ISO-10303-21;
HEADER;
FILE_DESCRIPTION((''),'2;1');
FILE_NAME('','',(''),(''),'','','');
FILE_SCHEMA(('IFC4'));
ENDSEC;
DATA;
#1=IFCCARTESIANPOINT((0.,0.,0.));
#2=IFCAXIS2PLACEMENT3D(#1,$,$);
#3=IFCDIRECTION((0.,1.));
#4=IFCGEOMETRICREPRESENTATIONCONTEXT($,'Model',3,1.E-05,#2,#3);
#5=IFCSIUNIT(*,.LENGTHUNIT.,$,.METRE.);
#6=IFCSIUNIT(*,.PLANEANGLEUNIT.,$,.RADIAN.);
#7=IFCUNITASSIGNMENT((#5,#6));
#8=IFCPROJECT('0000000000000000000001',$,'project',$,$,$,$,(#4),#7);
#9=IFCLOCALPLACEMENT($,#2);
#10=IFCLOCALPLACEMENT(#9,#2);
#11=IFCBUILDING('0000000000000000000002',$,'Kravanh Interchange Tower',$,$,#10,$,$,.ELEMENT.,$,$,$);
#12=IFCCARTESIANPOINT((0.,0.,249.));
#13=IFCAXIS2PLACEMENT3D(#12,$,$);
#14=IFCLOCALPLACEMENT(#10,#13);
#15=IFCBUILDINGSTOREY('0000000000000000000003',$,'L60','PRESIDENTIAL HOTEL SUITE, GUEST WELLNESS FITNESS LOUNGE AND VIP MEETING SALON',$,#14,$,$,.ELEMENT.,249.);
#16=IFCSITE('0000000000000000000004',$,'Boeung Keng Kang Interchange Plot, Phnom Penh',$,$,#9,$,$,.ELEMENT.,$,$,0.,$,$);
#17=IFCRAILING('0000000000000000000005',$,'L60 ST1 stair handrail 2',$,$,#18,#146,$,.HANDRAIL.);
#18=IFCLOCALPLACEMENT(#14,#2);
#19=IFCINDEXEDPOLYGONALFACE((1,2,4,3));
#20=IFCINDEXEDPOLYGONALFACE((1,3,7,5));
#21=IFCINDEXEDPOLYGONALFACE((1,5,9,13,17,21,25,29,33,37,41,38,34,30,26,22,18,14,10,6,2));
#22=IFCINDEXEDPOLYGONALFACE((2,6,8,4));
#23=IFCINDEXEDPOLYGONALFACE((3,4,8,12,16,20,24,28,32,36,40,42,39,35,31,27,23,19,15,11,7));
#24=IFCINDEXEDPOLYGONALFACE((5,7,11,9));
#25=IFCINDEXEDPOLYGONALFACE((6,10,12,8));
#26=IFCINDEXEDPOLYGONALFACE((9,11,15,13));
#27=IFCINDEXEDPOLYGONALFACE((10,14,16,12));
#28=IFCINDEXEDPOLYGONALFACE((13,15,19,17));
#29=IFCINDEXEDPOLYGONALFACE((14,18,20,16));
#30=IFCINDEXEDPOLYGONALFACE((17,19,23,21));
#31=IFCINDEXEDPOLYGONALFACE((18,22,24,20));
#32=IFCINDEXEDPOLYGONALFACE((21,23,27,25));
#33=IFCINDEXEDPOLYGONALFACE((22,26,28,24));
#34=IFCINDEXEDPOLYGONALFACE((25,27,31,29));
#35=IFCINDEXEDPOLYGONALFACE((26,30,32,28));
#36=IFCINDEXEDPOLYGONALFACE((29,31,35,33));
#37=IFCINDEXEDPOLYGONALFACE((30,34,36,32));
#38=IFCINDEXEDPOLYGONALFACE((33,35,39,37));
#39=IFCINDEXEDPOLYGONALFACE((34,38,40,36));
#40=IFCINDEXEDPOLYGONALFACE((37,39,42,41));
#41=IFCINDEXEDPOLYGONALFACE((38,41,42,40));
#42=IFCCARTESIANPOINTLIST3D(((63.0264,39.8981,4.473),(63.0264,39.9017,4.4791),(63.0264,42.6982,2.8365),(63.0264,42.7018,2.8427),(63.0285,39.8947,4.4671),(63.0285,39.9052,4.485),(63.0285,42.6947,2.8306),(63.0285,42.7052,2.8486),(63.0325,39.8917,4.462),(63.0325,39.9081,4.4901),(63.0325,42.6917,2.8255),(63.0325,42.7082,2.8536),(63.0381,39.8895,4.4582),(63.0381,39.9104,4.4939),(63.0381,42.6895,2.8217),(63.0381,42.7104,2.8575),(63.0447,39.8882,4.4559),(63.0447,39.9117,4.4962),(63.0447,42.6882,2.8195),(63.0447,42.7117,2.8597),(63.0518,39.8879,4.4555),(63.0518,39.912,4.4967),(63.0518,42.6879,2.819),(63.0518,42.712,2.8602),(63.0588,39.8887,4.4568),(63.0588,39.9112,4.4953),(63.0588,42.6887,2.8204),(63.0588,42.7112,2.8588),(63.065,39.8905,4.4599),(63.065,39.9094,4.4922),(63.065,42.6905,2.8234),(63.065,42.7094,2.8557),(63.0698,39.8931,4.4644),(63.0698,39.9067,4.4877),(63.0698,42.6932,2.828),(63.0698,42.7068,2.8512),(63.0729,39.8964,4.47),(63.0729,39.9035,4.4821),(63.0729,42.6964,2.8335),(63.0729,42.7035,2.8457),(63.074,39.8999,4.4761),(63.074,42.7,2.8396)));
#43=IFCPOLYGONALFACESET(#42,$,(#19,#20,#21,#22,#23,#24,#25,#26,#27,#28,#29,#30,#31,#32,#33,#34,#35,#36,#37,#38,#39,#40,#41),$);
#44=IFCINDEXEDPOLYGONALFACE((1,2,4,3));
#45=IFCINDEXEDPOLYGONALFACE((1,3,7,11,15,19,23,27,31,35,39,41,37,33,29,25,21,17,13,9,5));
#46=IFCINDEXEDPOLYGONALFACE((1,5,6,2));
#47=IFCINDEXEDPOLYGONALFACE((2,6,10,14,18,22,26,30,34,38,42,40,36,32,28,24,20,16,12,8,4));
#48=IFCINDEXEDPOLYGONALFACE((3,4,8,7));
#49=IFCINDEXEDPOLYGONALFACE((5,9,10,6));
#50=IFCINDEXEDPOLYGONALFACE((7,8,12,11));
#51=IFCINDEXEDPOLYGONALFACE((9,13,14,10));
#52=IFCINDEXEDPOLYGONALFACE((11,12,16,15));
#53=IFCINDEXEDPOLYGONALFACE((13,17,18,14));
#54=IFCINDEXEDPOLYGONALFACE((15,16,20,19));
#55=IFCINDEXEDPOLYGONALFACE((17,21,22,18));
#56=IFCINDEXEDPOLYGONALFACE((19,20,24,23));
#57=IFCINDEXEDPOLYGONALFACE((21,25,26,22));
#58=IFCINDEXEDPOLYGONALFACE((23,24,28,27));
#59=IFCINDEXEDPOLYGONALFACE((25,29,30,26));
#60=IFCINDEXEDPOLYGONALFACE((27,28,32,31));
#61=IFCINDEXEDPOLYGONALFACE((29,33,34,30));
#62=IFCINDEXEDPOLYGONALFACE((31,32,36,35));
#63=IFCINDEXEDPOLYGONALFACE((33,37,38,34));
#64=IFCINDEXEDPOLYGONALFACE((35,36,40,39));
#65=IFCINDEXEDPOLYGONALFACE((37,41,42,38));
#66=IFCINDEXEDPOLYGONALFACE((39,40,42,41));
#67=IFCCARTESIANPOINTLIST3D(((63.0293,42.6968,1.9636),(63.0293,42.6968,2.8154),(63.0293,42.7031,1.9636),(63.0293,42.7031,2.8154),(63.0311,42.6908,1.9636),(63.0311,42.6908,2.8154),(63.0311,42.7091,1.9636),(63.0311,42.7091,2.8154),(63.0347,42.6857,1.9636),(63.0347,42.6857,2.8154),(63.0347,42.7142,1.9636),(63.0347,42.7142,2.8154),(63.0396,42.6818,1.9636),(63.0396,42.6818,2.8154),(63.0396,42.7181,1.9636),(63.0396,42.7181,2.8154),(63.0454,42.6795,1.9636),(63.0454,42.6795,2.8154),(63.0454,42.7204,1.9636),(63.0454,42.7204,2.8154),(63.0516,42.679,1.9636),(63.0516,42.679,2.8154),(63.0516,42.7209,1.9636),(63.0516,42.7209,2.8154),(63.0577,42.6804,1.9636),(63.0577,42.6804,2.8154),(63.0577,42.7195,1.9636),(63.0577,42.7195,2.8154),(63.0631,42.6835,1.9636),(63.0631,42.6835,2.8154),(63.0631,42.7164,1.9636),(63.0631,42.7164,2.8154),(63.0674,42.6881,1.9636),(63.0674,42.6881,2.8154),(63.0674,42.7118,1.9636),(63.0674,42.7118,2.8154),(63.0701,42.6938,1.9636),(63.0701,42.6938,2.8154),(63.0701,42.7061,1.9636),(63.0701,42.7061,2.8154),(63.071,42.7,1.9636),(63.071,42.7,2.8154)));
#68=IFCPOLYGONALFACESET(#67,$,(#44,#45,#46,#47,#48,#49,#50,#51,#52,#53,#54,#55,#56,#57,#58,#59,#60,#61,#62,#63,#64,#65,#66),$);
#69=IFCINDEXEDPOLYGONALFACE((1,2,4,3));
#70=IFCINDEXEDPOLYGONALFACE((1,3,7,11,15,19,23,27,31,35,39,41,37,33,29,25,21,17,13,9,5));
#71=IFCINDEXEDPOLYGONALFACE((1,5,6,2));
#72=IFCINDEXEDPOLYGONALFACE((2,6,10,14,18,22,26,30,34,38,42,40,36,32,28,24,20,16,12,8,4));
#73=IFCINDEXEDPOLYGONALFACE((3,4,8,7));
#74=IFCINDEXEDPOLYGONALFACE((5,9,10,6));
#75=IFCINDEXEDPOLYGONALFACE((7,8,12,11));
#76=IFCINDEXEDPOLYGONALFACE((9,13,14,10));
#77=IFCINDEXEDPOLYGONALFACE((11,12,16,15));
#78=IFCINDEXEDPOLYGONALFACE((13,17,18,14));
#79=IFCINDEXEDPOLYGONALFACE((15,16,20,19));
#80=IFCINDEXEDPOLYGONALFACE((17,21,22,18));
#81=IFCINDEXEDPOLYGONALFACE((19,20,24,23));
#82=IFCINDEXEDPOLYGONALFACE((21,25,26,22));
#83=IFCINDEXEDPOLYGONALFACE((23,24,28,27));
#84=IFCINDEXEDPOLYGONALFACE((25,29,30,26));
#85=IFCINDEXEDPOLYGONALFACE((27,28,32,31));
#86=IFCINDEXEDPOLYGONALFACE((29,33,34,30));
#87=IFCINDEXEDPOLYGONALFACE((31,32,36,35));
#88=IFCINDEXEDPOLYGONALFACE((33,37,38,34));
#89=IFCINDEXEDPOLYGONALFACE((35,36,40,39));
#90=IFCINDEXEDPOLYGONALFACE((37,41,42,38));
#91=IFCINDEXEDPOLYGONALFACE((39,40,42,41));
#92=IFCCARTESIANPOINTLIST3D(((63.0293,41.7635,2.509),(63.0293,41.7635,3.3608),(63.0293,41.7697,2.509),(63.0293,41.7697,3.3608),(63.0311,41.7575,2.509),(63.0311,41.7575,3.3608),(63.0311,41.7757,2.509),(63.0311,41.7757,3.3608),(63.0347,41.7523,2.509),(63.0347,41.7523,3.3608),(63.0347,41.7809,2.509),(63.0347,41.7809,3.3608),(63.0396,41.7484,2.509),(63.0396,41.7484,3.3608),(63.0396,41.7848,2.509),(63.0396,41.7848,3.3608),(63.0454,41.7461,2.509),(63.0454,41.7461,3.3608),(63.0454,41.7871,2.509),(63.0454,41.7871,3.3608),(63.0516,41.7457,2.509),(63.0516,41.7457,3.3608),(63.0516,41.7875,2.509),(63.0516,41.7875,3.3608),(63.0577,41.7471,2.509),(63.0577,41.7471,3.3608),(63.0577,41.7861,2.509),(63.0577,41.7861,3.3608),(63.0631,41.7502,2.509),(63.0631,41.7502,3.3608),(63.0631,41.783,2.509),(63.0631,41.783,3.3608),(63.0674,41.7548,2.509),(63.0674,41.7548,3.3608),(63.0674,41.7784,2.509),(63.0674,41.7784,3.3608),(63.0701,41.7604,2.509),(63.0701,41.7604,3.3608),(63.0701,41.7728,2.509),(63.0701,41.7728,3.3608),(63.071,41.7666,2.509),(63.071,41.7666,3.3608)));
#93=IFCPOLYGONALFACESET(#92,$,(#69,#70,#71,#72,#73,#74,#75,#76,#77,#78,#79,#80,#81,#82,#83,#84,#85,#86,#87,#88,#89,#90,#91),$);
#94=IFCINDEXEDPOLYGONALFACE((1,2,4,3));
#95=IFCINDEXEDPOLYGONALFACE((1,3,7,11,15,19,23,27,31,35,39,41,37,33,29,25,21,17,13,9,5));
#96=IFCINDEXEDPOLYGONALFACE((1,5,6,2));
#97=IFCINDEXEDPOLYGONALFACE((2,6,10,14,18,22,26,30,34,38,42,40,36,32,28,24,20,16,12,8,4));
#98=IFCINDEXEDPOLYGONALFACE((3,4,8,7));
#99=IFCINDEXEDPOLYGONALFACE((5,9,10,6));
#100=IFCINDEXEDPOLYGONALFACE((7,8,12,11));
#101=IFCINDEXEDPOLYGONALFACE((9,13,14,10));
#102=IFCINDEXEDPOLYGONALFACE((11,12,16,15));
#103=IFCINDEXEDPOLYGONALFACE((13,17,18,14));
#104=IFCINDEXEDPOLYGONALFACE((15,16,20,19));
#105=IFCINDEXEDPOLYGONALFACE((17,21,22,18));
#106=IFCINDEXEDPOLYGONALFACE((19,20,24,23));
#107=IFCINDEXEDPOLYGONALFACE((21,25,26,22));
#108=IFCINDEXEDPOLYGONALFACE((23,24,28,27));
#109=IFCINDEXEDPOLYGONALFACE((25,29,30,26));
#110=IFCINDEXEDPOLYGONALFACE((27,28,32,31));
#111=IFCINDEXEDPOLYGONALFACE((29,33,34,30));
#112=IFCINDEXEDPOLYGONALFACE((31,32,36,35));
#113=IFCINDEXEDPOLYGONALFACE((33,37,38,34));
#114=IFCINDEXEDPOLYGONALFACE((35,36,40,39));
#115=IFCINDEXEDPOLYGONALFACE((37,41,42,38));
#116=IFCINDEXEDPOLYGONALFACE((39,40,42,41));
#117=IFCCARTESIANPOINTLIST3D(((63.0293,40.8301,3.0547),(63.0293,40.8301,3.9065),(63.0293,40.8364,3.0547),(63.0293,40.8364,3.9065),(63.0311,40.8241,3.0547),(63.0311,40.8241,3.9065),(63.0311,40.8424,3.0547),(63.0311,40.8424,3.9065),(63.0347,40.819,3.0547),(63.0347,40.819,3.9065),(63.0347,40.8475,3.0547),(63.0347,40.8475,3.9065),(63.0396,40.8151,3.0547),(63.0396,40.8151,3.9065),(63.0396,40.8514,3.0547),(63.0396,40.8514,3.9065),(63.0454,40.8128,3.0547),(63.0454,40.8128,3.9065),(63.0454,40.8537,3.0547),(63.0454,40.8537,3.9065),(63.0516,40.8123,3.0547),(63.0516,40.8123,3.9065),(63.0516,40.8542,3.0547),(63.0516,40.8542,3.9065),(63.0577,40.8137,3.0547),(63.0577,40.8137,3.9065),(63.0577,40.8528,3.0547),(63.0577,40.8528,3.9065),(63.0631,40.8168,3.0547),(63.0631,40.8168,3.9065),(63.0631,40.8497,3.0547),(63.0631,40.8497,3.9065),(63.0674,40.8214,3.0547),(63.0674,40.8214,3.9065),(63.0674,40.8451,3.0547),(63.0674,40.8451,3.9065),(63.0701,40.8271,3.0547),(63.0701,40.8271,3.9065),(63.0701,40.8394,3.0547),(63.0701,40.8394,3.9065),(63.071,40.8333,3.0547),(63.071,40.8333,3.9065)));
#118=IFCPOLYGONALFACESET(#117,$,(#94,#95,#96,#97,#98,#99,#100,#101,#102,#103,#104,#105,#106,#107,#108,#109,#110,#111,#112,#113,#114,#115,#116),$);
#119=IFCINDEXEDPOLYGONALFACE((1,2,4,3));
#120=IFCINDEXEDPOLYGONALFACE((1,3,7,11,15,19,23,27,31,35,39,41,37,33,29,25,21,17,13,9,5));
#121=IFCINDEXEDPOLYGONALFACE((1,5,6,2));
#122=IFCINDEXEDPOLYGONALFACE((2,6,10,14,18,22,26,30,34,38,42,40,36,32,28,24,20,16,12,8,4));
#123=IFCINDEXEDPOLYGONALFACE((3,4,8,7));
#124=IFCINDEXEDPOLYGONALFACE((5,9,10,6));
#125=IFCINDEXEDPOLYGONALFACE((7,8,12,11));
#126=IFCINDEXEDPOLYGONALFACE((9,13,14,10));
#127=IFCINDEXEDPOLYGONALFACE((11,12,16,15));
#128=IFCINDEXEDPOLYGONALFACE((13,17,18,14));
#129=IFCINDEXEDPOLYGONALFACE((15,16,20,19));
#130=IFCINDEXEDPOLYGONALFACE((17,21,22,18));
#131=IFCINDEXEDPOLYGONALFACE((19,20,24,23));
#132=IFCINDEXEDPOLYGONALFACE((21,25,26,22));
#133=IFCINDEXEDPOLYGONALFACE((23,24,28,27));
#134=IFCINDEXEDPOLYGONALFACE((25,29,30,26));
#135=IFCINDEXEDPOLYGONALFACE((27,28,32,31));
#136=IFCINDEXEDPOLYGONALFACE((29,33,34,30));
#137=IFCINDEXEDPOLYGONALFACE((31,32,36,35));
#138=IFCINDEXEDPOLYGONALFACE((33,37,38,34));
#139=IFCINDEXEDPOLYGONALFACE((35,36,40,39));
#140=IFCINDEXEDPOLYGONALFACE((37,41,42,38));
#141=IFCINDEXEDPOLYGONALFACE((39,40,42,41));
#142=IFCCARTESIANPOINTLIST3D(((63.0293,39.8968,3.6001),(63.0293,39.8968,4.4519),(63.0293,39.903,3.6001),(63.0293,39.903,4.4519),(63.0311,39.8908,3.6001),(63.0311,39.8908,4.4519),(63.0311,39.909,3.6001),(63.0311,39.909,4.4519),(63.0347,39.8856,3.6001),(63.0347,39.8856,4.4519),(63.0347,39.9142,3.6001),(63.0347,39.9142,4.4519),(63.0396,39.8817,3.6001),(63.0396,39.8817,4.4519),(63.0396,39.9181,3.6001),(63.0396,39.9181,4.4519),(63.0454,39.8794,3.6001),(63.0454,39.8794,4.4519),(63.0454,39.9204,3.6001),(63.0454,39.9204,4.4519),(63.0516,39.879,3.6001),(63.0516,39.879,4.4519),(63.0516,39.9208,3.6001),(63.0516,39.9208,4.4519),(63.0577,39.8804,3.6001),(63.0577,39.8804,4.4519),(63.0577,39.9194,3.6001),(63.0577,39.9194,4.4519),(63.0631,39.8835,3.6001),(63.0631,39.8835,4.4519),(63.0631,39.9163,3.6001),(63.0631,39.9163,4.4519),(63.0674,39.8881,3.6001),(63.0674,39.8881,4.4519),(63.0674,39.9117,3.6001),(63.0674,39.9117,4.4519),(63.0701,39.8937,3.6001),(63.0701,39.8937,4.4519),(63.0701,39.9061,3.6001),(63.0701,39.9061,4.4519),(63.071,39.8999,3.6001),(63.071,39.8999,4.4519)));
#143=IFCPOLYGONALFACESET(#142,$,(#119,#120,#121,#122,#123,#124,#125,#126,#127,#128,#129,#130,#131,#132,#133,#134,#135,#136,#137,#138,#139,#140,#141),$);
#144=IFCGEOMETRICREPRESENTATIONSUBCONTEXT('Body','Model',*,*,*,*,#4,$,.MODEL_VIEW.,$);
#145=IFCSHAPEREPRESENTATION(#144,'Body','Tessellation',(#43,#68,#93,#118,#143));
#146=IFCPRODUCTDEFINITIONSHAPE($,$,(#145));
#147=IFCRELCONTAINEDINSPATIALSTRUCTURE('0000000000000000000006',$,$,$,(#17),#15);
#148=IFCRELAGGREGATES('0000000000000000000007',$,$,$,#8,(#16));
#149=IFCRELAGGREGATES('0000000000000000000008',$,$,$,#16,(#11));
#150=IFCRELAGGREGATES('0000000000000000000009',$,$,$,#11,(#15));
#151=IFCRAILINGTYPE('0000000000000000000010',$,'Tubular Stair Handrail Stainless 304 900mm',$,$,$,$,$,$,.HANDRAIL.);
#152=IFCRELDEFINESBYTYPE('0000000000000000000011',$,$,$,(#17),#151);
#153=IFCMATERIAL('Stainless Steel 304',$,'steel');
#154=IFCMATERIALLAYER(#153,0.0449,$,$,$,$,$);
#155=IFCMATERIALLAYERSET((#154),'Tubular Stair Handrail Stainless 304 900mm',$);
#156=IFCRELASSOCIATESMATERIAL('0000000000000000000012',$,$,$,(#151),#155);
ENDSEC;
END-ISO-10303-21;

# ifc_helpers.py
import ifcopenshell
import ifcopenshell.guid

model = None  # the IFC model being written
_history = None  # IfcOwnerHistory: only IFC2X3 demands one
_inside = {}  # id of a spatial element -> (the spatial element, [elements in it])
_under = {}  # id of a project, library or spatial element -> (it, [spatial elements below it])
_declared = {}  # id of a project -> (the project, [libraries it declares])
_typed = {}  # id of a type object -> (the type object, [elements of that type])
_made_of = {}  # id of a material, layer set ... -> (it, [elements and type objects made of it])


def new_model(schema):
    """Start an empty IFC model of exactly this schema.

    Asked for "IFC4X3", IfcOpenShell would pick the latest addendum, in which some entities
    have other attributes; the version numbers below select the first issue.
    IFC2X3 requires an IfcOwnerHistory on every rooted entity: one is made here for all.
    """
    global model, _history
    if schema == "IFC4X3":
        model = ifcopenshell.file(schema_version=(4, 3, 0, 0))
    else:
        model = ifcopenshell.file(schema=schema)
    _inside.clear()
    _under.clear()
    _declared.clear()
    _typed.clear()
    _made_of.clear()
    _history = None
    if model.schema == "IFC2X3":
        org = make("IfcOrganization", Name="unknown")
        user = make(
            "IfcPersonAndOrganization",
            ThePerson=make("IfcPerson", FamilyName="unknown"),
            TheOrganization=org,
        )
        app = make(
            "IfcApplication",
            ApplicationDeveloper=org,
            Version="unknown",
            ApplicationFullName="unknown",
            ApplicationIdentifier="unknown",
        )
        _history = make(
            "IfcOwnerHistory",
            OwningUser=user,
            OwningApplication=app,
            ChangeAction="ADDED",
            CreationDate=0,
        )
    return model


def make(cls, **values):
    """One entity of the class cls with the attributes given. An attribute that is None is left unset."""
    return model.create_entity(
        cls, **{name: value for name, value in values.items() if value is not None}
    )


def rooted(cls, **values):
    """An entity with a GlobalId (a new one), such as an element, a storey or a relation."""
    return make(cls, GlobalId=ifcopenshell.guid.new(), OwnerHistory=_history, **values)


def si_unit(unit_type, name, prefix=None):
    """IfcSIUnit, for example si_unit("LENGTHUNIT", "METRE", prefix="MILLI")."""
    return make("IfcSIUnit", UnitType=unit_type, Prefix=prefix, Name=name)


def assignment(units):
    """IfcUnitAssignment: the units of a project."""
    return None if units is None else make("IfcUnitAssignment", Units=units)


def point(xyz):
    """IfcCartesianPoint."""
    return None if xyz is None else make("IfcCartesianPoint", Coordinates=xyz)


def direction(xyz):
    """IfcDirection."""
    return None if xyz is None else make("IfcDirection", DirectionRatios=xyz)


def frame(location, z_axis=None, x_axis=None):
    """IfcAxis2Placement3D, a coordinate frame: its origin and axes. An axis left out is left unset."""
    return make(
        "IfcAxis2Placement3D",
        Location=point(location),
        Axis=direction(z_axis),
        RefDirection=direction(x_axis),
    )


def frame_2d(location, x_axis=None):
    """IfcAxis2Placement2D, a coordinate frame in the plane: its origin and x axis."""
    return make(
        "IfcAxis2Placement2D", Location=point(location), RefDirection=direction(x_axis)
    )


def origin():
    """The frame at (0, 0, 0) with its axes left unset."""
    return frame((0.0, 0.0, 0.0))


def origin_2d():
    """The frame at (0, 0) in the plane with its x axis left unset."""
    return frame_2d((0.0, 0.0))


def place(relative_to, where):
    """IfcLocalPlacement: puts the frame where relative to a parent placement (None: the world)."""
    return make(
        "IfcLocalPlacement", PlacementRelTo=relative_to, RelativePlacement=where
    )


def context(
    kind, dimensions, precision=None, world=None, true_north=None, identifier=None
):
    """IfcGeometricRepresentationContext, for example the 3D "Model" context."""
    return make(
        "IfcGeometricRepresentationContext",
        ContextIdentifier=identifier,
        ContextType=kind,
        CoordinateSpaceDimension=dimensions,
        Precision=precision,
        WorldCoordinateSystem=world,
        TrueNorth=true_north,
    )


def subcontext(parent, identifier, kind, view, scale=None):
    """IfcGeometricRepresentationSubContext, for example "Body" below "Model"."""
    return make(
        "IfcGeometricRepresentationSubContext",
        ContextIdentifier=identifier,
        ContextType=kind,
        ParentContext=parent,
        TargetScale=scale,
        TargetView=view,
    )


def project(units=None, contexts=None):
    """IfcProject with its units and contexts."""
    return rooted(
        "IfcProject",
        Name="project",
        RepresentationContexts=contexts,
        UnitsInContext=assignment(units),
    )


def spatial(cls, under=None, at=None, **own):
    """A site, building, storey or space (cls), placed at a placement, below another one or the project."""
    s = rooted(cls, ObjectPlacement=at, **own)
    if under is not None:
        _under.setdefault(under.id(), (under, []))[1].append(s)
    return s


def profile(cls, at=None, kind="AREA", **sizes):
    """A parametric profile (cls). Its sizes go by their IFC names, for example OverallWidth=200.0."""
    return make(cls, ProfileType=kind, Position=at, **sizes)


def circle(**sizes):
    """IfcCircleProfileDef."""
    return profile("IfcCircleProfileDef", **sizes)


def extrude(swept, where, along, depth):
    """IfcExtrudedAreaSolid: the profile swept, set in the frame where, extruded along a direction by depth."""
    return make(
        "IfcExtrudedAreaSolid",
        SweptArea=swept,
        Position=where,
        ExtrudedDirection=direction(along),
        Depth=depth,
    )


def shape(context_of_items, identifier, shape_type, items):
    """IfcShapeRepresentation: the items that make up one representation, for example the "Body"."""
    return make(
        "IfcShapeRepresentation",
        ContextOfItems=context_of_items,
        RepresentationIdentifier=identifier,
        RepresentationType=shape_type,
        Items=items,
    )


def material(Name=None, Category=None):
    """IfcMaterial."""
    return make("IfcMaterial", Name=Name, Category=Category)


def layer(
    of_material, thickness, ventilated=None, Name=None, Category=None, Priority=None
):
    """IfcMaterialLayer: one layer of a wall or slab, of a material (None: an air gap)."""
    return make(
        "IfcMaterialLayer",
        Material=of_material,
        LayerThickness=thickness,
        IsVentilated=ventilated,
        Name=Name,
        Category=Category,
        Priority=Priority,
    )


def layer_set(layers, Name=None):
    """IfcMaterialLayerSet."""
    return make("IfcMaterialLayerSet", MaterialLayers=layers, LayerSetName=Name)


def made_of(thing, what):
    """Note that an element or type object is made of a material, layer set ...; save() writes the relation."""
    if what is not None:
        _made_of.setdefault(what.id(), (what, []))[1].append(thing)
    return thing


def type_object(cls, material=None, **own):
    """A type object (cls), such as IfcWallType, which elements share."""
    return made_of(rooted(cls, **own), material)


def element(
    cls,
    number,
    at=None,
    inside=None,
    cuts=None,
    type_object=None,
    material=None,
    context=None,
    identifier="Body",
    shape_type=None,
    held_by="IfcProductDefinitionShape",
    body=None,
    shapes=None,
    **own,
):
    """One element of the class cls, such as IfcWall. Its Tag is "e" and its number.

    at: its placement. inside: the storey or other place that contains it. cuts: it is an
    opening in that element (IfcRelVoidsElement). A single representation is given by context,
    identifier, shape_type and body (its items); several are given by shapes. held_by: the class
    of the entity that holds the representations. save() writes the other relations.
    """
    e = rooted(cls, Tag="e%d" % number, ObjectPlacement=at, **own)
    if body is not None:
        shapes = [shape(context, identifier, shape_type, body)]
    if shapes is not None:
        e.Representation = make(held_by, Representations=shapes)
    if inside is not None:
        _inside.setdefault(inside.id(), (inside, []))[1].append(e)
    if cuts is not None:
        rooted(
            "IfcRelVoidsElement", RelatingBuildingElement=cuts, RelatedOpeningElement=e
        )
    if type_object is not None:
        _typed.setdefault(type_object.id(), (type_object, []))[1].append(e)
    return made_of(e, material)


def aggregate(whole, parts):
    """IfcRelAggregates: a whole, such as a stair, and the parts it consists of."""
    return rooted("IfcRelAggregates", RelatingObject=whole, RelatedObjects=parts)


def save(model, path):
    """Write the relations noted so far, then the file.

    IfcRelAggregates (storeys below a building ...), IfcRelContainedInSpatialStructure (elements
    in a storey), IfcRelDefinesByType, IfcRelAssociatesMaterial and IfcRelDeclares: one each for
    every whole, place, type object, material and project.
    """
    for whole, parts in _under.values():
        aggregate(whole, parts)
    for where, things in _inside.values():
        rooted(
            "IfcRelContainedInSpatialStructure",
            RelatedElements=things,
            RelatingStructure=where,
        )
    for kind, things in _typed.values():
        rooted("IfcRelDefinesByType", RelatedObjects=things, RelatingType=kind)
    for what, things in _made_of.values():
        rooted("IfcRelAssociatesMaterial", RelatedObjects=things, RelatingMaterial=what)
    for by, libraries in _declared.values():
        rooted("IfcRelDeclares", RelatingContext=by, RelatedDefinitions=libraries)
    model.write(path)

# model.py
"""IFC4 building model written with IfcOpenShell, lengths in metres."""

from ifc_helpers import new_model, si_unit, direction, frame, origin, origin_2d, place, context, subcontext, project, spatial, circle, extrude, material, layer, layer_set, type_object, element, save


model = new_model("IFC4")

# Units and contexts
model_context = context("Model", 3, precision=1e-05, world=origin(), true_north=direction((0.0, 1.0)))
body_context = subcontext(model_context, "Body", "Model", "MODEL_VIEW")
ifc_project = project(units=[si_unit("LENGTHUNIT", "METRE"), si_unit("PLANEANGLEUNIT", "RADIAN")], contexts=[model_context])

# Site, building, storey
site_placement = place(None, origin())
site = spatial("IfcSite", under=ifc_project, at=site_placement, Name="Boeung Keng Kang Interchange Plot, Phnom Penh", CompositionType="ELEMENT", RefElevation=0.0)
building_placement = place(site_placement, origin())
building = spatial("IfcBuilding", under=site, at=building_placement, Name="Kravanh Interchange Tower", CompositionType="ELEMENT")
storey_placement = place(building_placement, frame((0.0, 0.0, 249.0)))
storey = spatial("IfcBuildingStorey", under=building, at=storey_placement, Name="L60", Description="PRESIDENTIAL HOTEL SUITE, GUEST WELLNESS FITNESS LOUNGE AND VIP MEETING SALON", CompositionType="ELEMENT", Elevation=249.0)

# Railing
ifc_material_1 = material(Name="Stainless Steel 304", Category="steel")
ifc_layer_1 = layer(ifc_material_1, 0.0449)
ifc_layer_set_1 = layer_set([ifc_layer_1], Name="Tubular Stair Handrail Stainless 304 900mm")
railing_type_1 = type_object("IfcRailingType", Name="Tubular Stair Handrail Stainless 304 900mm", PredefinedType="HANDRAIL", material=ifc_layer_set_1)
railing_1_placement = place(storey_placement, frame((63.05, 42.7, 1.9636)))
element("IfcRailing", 1, at=railing_1_placement, inside=storey, type_object=railing_type_1, Name="L60 ST1 stair handrail 2", PredefinedType="HANDRAIL", context=body_context, shape_type="SweptSolid", body=[
    extrude(circle(Radius=0.0239, at=origin_2d()), frame((0.0, 0.0, 0.876), z_axis=(0.0, -0.863361, 0.504587), x_axis=(1.0, 0.0, 0.0)), (0.0, 0.0, 1.0), 3.2432),
    extrude(circle(Radius=0.021, at=origin_2d()), origin(), (0.0, 0.0, 1.0), 0.8518),
    extrude(circle(Radius=0.021, at=origin_2d()), frame((0.0, -0.9333, 0.5454)), (0.0, 0.0, 1.0), 0.8518),
    extrude(circle(Radius=0.021, at=origin_2d()), frame((0.0, -1.8667, 1.0911)), (0.0, 0.0, 1.0), 0.8518),
    extrude(circle(Radius=0.021, at=origin_2d()), frame((0.0, -2.8, 1.6365)), (0.0, 0.0, 1.0), 0.8518),
])

save(model, "model.ifc")
